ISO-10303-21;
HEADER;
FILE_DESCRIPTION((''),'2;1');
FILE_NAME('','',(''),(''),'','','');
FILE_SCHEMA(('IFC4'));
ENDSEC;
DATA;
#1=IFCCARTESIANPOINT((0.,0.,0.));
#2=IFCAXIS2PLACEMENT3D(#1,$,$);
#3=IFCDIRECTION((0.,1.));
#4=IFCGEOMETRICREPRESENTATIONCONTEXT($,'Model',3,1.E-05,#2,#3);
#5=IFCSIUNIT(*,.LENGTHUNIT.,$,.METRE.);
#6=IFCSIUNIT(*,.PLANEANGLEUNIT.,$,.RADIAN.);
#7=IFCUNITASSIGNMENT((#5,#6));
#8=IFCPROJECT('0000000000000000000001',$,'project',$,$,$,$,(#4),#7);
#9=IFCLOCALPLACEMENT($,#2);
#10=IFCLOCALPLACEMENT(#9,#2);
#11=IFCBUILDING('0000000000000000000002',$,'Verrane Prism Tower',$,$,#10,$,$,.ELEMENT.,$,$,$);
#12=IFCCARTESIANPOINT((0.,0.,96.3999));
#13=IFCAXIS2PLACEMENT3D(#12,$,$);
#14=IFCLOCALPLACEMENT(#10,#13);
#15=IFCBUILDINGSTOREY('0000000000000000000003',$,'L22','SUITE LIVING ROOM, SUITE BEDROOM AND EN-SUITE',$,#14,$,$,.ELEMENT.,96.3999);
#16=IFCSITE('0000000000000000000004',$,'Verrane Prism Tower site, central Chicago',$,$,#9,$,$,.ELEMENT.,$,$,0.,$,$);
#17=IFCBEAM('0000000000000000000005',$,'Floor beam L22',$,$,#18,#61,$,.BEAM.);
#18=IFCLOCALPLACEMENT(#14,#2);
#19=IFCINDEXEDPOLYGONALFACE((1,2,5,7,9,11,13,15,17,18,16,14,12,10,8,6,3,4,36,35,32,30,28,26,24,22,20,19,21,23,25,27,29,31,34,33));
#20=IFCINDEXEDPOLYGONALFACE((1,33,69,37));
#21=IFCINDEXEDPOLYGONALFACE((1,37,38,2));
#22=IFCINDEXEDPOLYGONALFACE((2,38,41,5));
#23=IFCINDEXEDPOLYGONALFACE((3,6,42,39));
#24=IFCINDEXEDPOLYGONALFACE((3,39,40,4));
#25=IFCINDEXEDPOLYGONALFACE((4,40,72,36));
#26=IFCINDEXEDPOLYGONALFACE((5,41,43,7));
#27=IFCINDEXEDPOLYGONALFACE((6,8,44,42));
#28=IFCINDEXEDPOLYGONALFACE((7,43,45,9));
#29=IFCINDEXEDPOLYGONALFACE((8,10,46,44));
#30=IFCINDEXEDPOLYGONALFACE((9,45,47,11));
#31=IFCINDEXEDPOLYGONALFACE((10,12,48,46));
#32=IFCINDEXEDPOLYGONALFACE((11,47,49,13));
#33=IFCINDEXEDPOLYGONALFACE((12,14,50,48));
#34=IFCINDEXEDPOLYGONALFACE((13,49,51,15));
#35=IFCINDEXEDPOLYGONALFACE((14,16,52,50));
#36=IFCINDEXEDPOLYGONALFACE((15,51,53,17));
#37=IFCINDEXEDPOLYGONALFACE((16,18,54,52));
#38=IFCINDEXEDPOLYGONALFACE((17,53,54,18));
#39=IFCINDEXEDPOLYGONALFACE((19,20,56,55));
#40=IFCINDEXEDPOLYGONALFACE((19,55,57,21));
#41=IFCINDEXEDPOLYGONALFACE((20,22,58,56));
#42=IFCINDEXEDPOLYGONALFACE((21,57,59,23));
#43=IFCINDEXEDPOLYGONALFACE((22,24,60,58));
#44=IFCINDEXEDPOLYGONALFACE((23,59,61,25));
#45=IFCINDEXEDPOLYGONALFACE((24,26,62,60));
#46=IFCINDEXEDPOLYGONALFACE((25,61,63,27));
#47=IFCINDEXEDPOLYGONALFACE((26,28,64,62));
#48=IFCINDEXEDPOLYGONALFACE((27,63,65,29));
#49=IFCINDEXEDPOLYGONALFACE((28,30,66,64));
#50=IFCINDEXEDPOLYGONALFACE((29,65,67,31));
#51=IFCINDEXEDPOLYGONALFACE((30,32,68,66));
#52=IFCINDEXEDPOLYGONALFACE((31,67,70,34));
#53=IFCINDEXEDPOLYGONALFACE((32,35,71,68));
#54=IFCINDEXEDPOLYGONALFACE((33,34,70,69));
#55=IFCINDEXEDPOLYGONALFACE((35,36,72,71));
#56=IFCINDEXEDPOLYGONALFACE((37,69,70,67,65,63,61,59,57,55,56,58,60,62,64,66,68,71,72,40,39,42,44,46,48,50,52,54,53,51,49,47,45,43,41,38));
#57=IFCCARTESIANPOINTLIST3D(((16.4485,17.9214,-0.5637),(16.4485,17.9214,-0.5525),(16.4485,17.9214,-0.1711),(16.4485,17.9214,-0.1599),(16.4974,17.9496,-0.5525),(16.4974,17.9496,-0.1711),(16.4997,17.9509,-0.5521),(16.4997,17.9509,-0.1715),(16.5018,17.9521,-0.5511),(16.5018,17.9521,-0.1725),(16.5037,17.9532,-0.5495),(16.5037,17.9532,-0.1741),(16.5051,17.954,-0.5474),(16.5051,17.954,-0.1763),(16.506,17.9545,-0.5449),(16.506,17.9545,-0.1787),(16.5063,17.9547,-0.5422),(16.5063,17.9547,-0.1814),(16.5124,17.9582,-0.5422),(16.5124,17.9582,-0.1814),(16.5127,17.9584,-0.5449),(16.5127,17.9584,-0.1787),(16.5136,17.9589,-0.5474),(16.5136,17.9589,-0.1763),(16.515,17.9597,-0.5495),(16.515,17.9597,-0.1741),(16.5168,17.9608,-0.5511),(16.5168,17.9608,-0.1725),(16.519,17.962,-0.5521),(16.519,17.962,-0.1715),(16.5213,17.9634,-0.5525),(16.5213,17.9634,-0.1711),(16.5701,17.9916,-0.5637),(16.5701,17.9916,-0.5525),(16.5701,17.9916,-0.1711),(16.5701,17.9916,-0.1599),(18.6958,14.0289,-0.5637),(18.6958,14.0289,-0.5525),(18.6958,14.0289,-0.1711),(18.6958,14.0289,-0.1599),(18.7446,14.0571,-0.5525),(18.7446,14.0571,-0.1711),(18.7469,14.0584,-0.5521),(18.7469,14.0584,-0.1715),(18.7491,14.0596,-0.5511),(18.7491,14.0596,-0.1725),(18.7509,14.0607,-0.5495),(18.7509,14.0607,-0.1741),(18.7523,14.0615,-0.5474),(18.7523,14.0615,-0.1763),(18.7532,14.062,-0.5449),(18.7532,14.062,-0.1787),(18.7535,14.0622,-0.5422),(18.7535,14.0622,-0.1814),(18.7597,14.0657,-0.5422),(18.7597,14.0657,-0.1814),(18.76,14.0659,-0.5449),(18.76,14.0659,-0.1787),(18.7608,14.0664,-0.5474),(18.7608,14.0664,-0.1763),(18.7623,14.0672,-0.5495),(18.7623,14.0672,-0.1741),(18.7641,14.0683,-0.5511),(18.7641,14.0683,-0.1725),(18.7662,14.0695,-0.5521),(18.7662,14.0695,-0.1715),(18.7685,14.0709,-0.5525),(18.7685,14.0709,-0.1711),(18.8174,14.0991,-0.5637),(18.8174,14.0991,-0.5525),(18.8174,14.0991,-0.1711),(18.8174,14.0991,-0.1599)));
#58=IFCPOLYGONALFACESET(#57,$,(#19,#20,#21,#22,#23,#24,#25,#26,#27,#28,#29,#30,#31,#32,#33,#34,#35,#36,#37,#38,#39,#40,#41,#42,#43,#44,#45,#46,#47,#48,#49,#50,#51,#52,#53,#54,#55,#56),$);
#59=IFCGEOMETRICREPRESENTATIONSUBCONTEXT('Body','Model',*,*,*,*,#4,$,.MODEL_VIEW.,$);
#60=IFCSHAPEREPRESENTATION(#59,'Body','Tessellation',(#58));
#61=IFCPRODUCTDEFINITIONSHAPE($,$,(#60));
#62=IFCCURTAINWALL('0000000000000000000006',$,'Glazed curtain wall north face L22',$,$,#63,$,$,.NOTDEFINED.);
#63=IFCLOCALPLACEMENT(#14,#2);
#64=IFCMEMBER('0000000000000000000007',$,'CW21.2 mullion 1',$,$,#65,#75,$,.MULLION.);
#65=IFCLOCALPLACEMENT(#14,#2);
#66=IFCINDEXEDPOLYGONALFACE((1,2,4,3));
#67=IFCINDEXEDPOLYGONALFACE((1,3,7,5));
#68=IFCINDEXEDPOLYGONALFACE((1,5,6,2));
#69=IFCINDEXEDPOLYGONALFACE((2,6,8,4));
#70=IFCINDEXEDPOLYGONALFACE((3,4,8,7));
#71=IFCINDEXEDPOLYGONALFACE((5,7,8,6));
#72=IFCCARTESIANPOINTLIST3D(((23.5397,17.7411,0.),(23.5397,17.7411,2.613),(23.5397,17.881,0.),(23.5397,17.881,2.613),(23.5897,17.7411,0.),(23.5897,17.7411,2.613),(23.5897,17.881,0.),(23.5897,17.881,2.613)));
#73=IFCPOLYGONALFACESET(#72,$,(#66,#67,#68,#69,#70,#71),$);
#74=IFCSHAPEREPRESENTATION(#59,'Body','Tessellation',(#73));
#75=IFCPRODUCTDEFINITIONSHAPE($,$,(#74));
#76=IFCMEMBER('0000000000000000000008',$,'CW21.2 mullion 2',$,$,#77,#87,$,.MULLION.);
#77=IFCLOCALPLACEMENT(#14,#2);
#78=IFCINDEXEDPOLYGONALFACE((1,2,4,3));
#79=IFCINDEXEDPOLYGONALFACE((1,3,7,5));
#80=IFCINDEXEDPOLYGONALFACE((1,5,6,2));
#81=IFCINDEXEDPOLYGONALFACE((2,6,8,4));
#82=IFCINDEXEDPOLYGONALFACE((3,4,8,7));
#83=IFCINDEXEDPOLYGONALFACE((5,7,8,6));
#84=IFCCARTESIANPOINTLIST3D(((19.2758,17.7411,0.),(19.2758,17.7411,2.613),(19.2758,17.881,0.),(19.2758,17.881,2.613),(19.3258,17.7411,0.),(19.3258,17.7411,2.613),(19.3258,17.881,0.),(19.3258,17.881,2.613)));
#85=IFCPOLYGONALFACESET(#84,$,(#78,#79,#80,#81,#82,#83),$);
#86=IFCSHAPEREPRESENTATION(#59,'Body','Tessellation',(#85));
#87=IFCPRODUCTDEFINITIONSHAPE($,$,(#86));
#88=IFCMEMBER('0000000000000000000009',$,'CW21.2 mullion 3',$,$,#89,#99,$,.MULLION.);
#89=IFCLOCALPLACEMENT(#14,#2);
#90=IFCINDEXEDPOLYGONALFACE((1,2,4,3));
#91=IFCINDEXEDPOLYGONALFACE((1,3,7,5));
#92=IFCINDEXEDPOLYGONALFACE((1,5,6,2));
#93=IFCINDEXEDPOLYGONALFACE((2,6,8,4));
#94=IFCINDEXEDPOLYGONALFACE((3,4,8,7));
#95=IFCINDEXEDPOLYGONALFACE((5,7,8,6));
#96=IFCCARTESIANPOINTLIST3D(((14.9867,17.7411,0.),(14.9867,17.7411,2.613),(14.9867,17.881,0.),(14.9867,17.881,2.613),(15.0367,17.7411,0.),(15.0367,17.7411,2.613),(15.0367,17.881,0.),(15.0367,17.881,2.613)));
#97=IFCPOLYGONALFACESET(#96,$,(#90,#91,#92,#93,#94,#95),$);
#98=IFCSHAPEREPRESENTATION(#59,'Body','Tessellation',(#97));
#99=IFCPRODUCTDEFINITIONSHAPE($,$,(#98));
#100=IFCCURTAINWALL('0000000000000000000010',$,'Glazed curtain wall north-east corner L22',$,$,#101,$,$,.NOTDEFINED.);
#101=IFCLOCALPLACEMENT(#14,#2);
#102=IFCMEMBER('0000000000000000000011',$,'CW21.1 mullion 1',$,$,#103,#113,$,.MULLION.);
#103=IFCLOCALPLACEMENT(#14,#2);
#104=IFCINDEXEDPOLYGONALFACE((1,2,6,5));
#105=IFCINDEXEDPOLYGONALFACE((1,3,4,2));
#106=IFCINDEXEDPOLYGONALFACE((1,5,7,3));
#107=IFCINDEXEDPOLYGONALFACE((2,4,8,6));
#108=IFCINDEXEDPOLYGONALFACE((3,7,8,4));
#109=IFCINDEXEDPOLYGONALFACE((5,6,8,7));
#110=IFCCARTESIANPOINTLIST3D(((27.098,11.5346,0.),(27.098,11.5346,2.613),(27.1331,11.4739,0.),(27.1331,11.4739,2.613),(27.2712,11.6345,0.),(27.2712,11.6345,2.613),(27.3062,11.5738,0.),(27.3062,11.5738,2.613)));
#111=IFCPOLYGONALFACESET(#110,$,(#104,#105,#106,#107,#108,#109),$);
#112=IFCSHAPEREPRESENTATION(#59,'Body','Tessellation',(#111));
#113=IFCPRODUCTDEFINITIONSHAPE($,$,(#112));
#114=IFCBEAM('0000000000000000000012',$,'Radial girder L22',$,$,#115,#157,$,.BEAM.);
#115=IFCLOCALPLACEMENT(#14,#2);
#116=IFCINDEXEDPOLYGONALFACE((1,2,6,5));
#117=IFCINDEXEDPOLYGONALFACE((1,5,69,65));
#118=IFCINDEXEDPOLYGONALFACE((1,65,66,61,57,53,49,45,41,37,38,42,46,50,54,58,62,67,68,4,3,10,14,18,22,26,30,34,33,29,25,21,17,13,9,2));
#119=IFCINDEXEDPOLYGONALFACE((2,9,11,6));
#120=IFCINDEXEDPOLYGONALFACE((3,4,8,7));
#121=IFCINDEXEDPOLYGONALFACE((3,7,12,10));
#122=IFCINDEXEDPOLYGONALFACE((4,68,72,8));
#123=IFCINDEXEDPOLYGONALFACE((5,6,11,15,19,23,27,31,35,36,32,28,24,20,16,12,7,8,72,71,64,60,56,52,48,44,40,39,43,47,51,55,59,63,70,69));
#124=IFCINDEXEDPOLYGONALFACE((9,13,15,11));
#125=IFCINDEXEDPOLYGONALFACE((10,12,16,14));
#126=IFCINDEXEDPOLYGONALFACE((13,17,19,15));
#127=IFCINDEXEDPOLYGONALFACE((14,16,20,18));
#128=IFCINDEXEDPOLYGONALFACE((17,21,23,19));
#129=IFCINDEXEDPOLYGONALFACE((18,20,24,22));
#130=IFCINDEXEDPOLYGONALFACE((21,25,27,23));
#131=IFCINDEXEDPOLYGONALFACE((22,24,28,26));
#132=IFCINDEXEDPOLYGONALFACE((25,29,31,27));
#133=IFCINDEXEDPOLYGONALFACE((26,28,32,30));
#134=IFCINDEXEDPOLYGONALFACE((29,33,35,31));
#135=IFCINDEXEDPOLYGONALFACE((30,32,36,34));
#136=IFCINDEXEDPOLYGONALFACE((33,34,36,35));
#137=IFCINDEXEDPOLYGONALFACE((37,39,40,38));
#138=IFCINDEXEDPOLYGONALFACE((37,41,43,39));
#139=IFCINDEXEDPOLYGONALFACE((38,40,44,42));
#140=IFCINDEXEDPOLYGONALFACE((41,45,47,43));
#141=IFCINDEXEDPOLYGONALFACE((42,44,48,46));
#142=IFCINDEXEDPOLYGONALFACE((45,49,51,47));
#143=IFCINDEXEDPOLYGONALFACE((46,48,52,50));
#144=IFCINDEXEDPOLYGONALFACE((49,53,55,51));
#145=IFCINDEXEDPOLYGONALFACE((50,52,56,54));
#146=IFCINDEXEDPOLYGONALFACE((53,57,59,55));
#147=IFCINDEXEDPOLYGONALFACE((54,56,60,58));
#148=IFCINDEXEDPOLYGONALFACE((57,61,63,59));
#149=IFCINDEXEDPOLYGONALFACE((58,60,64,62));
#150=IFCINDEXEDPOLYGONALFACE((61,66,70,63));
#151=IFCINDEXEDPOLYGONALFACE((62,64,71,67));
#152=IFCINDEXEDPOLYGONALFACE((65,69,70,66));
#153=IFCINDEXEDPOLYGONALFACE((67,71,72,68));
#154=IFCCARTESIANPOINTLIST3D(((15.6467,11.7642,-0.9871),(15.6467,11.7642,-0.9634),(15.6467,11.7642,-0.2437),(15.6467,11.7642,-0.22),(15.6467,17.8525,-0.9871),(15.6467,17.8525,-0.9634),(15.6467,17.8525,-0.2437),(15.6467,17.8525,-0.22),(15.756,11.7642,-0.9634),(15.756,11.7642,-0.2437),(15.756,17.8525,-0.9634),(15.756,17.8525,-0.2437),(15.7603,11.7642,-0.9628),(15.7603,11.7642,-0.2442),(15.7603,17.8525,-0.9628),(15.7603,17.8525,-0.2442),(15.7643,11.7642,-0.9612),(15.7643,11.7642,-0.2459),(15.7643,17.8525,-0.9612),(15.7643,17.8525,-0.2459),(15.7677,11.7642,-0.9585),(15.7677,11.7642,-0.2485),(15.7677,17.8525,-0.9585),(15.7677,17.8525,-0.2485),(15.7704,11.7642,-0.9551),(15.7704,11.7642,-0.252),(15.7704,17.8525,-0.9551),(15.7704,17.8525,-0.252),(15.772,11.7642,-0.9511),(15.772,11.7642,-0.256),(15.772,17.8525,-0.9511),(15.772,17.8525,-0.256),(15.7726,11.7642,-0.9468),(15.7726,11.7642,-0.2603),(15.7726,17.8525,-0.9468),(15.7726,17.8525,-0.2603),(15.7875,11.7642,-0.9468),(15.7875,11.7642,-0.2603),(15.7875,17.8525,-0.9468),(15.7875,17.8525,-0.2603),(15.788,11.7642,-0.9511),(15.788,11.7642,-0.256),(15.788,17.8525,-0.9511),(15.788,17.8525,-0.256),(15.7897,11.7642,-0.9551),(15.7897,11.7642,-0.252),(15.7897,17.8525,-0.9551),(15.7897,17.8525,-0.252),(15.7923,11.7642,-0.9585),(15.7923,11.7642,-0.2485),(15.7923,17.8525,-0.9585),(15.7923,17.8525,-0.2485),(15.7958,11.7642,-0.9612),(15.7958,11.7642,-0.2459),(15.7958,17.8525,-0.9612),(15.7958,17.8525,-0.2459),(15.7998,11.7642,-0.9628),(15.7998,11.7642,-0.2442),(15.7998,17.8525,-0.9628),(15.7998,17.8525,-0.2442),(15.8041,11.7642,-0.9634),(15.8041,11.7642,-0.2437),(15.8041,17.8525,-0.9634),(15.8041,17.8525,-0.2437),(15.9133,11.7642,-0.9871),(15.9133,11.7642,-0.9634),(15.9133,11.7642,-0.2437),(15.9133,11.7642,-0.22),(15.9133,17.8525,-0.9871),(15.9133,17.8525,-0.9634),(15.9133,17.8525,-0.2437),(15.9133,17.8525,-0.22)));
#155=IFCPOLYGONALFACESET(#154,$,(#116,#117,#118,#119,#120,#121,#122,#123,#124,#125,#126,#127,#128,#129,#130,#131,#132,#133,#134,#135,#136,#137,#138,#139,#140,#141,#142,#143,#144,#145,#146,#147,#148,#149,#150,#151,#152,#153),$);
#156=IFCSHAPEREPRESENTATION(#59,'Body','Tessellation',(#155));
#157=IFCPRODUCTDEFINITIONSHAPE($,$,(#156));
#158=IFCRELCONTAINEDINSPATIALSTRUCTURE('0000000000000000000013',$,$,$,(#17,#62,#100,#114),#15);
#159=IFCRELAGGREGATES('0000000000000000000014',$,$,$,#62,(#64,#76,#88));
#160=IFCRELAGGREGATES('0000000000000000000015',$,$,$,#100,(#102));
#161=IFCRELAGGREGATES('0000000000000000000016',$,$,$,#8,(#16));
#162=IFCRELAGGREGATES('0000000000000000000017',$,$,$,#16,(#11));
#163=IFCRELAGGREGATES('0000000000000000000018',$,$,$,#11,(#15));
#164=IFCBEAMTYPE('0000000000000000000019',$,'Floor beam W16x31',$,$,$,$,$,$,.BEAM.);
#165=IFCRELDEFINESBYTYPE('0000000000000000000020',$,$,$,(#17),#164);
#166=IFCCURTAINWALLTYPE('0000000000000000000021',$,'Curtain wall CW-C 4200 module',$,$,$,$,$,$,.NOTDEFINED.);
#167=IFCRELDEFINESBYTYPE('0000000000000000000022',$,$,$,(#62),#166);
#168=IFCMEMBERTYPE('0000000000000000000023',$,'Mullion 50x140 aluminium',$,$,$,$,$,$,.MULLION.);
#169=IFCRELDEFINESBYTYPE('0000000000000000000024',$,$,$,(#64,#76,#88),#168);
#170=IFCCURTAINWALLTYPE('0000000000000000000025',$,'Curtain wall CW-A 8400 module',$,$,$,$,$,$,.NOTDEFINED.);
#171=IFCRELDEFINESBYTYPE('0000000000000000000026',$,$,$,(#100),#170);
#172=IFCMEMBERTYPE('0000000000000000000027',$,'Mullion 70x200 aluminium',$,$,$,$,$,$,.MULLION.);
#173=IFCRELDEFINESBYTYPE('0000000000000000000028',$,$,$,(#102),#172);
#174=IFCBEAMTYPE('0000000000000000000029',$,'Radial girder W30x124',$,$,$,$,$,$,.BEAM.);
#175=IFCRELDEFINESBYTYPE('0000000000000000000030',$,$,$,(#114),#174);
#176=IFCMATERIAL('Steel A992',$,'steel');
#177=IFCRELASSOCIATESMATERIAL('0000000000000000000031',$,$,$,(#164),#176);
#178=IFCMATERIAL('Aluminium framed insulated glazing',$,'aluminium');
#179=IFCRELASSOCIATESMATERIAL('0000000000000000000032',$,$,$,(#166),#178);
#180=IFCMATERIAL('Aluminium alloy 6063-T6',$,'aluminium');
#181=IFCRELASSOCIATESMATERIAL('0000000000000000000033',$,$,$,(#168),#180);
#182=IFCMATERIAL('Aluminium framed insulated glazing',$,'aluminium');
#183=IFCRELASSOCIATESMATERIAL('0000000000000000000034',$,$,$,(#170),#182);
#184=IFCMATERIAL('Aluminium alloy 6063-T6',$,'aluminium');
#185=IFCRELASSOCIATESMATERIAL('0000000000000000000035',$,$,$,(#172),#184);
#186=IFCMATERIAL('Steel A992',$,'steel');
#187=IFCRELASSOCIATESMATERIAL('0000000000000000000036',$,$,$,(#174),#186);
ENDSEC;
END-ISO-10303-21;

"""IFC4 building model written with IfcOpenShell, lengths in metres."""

from ifc_helpers import new_model, si_unit, direction, frame, origin, origin_2d, place, context, subcontext, project, spatial, rectangle, i_section, extrude, material, material_profile, profile_set, type_object, element, aggregate, save


model = new_model("IFC4")

# Units and contexts
model_context = context("Model", 3, precision=1e-05, world=origin(), true_north=direction((0.0, 1.0)))
body_context = subcontext(model_context, "Body", "Model", "MODEL_VIEW")
ifc_project = project(units=[si_unit("LENGTHUNIT", "METRE"), si_unit("PLANEANGLEUNIT", "RADIAN")], contexts=[model_context])

# Site, building, storey
site_placement = place(None, origin())
site = spatial("IfcSite", under=ifc_project, at=site_placement, Name="Verrane Prism Tower site, central Chicago", CompositionType="ELEMENT", RefElevation=0.0)
building_placement = place(site_placement, origin())
building = spatial("IfcBuilding", under=site, at=building_placement, Name="Verrane Prism Tower", CompositionType="ELEMENT")
storey_placement = place(building_placement, frame((0.0, 0.0, 96.3999)))
storey = spatial("IfcBuildingStorey", under=building, at=storey_placement, Name="L22", Description="SUITE LIVING ROOM, SUITE BEDROOM AND EN-SUITE", CompositionType="ELEMENT", Elevation=96.3999)

# Beam
ifc_material_1 = material(Name="Steel A992", Category="steel")
ifc_material_profile_1 = material_profile(ifc_material_1, i_section(OverallWidth=0.1404, OverallDepth=0.4038, WebThickness=0.0071, FlangeThickness=0.0112, FilletRadius=0.0103, at=origin_2d()), Name="W16x31")
ifc_profile_set_1 = profile_set([ifc_material_profile_1], Name="Steel A992")
beam_type_1 = type_object("IfcBeamType", Name="Floor beam W16x31", PredefinedType="BEAM", material=ifc_profile_set_1)
beam_1_placement = place(storey_placement, frame((18.7566, 14.064, -0.3618), z_axis=(-0.499989, 0.866032, 0.0), x_axis=(-0.866032, -0.499989, 0.0)))
element("IfcBeam", 1, at=beam_1_placement, inside=storey, type_object=beam_type_1, Name="Floor beam L22", PredefinedType="BEAM", context=body_context, shape_type="SweptSolid", body=[
    extrude(i_section(OverallWidth=0.1404, OverallDepth=0.4038, WebThickness=0.0071, FlangeThickness=0.0112, FilletRadius=0.0103, at=origin_2d()), origin(), (0.0, 0.0, 1.0), 4.4946),
])

# Curtain wall, members
ifc_material_2 = material(Name="Aluminium framed insulated glazing", Category="aluminium")
curtain_wall_type_1 = type_object("IfcCurtainWallType", Name="Curtain wall CW-C 4200 module", PredefinedType="NOTDEFINED", material=ifc_material_2)
curtain_wall_1_placement = place(storey_placement, origin())
curtain_wall_1 = element("IfcCurtainWall", 2, at=curtain_wall_1_placement, inside=storey, type_object=curtain_wall_type_1, Name="Glazed curtain wall north face L22", PredefinedType="NOTDEFINED")
ifc_material_3 = material(Name="Aluminium alloy 6063-T6", Category="aluminium")
ifc_material_profile_2 = material_profile(ifc_material_3, rectangle(XDim=0.1399, YDim=0.05, at=origin_2d()), Name="Mullion 50x140 aluminium")
ifc_profile_set_2 = profile_set([ifc_material_profile_2], Name="Aluminium alloy 6063-T6")
member_type_1 = type_object("IfcMemberType", Name="Mullion 50x140 aluminium", PredefinedType="MULLION", material=ifc_profile_set_2)
member_1_placement = place(storey_placement, frame((23.5647, 17.811, 0.0), z_axis=(0.0, 0.0, 1.0), x_axis=(0.0, -1.0, 0.0)))
member_1 = element("IfcMember", 3, at=member_1_placement, type_object=member_type_1, Name="CW21.2 mullion 1", PredefinedType="MULLION", context=body_context, shape_type="SweptSolid", body=[
    extrude(rectangle(XDim=0.1399, YDim=0.05, at=origin_2d()), origin(), (0.0, 0.0, 1.0), 2.613),
])
member_2_placement = place(storey_placement, frame((19.3008, 17.811, 0.0), z_axis=(0.0, 0.0, 1.0), x_axis=(0.0, -1.0, 0.0)))
member_2 = element("IfcMember", 4, at=member_2_placement, type_object=member_type_1, Name="CW21.2 mullion 2", PredefinedType="MULLION", context=body_context, shape_type="SweptSolid", body=[
    extrude(rectangle(XDim=0.1399, YDim=0.05, at=origin_2d()), origin(), (0.0, 0.0, 1.0), 2.613),
])
member_3_placement = place(storey_placement, frame((15.0117, 17.811, 0.0), z_axis=(0.0, 0.0, 1.0), x_axis=(0.0, -1.0, 0.0)))
member_3 = element("IfcMember", 5, at=member_3_placement, type_object=member_type_1, Name="CW21.2 mullion 3", PredefinedType="MULLION", context=body_context, shape_type="SweptSolid", body=[
    extrude(rectangle(XDim=0.1399, YDim=0.05, at=origin_2d()), origin(), (0.0, 0.0, 1.0), 2.613),
])

# Curtain wall, member
ifc_material_4 = material(Name="Aluminium framed insulated glazing", Category="aluminium")
curtain_wall_type_2 = type_object("IfcCurtainWallType", Name="Curtain wall CW-A 8400 module", PredefinedType="NOTDEFINED", material=ifc_material_4)
curtain_wall_2_placement = place(storey_placement, origin())
curtain_wall_2 = element("IfcCurtainWall", 6, at=curtain_wall_2_placement, inside=storey, type_object=curtain_wall_type_2, Name="Glazed curtain wall north-east corner L22", PredefinedType="NOTDEFINED")
ifc_material_5 = material(Name="Aluminium alloy 6063-T6", Category="aluminium")
ifc_material_profile_3 = material_profile(ifc_material_5, rectangle(XDim=0.2, YDim=0.0701, at=origin_2d()), Name="Mullion 70x200 aluminium")
ifc_profile_set_3 = profile_set([ifc_material_profile_3], Name="Aluminium alloy 6063-T6")
member_type_2 = type_object("IfcMemberType", Name="Mullion 70x200 aluminium", PredefinedType="MULLION", material=ifc_profile_set_3)
member_4_placement = place(storey_placement, frame((27.2021, 11.5542, 0.0), z_axis=(0.0, 0.0, 1.0), x_axis=(-0.866026, -0.499998, 0.0)))
member_4 = element("IfcMember", 7, at=member_4_placement, type_object=member_type_2, Name="CW21.1 mullion 1", PredefinedType="MULLION", context=body_context, shape_type="SweptSolid", body=[
    extrude(rectangle(XDim=0.2, YDim=0.0701, at=origin_2d()), origin(), (0.0, 0.0, 1.0), 2.613),
])

# Beam
ifc_material_6 = material(Name="Steel A992", Category="steel")
ifc_material_profile_4 = material_profile(ifc_material_6, i_section(OverallWidth=0.2666, OverallDepth=0.7671, WebThickness=0.0149, FlangeThickness=0.0237, FilletRadius=0.0166, at=origin_2d()), Name="W30x124")
ifc_profile_set_4 = profile_set([ifc_material_profile_4], Name="Steel A992")
beam_type_2 = type_object("IfcBeamType", Name="Radial girder W30x124", PredefinedType="BEAM", material=ifc_profile_set_4)
beam_2_placement = place(storey_placement, frame((15.78, 17.8525, -0.6035), z_axis=(0.0, -1.0, 0.0), x_axis=(1.0, 0.0, 0.0)))
element("IfcBeam", 8, at=beam_2_placement, inside=storey, type_object=beam_type_2, Name="Radial girder L22", PredefinedType="BEAM", context=body_context, shape_type="SweptSolid", body=[
    extrude(i_section(OverallWidth=0.2666, OverallDepth=0.7671, WebThickness=0.0149, FlangeThickness=0.0237, FilletRadius=0.0166, at=origin_2d()), origin(), (0.0, 0.0, 1.0), 6.0884),
])

aggregate(curtain_wall_1, [member_1, member_2, member_3])
aggregate(curtain_wall_2, [member_4])

save(model, "model.ifc")
